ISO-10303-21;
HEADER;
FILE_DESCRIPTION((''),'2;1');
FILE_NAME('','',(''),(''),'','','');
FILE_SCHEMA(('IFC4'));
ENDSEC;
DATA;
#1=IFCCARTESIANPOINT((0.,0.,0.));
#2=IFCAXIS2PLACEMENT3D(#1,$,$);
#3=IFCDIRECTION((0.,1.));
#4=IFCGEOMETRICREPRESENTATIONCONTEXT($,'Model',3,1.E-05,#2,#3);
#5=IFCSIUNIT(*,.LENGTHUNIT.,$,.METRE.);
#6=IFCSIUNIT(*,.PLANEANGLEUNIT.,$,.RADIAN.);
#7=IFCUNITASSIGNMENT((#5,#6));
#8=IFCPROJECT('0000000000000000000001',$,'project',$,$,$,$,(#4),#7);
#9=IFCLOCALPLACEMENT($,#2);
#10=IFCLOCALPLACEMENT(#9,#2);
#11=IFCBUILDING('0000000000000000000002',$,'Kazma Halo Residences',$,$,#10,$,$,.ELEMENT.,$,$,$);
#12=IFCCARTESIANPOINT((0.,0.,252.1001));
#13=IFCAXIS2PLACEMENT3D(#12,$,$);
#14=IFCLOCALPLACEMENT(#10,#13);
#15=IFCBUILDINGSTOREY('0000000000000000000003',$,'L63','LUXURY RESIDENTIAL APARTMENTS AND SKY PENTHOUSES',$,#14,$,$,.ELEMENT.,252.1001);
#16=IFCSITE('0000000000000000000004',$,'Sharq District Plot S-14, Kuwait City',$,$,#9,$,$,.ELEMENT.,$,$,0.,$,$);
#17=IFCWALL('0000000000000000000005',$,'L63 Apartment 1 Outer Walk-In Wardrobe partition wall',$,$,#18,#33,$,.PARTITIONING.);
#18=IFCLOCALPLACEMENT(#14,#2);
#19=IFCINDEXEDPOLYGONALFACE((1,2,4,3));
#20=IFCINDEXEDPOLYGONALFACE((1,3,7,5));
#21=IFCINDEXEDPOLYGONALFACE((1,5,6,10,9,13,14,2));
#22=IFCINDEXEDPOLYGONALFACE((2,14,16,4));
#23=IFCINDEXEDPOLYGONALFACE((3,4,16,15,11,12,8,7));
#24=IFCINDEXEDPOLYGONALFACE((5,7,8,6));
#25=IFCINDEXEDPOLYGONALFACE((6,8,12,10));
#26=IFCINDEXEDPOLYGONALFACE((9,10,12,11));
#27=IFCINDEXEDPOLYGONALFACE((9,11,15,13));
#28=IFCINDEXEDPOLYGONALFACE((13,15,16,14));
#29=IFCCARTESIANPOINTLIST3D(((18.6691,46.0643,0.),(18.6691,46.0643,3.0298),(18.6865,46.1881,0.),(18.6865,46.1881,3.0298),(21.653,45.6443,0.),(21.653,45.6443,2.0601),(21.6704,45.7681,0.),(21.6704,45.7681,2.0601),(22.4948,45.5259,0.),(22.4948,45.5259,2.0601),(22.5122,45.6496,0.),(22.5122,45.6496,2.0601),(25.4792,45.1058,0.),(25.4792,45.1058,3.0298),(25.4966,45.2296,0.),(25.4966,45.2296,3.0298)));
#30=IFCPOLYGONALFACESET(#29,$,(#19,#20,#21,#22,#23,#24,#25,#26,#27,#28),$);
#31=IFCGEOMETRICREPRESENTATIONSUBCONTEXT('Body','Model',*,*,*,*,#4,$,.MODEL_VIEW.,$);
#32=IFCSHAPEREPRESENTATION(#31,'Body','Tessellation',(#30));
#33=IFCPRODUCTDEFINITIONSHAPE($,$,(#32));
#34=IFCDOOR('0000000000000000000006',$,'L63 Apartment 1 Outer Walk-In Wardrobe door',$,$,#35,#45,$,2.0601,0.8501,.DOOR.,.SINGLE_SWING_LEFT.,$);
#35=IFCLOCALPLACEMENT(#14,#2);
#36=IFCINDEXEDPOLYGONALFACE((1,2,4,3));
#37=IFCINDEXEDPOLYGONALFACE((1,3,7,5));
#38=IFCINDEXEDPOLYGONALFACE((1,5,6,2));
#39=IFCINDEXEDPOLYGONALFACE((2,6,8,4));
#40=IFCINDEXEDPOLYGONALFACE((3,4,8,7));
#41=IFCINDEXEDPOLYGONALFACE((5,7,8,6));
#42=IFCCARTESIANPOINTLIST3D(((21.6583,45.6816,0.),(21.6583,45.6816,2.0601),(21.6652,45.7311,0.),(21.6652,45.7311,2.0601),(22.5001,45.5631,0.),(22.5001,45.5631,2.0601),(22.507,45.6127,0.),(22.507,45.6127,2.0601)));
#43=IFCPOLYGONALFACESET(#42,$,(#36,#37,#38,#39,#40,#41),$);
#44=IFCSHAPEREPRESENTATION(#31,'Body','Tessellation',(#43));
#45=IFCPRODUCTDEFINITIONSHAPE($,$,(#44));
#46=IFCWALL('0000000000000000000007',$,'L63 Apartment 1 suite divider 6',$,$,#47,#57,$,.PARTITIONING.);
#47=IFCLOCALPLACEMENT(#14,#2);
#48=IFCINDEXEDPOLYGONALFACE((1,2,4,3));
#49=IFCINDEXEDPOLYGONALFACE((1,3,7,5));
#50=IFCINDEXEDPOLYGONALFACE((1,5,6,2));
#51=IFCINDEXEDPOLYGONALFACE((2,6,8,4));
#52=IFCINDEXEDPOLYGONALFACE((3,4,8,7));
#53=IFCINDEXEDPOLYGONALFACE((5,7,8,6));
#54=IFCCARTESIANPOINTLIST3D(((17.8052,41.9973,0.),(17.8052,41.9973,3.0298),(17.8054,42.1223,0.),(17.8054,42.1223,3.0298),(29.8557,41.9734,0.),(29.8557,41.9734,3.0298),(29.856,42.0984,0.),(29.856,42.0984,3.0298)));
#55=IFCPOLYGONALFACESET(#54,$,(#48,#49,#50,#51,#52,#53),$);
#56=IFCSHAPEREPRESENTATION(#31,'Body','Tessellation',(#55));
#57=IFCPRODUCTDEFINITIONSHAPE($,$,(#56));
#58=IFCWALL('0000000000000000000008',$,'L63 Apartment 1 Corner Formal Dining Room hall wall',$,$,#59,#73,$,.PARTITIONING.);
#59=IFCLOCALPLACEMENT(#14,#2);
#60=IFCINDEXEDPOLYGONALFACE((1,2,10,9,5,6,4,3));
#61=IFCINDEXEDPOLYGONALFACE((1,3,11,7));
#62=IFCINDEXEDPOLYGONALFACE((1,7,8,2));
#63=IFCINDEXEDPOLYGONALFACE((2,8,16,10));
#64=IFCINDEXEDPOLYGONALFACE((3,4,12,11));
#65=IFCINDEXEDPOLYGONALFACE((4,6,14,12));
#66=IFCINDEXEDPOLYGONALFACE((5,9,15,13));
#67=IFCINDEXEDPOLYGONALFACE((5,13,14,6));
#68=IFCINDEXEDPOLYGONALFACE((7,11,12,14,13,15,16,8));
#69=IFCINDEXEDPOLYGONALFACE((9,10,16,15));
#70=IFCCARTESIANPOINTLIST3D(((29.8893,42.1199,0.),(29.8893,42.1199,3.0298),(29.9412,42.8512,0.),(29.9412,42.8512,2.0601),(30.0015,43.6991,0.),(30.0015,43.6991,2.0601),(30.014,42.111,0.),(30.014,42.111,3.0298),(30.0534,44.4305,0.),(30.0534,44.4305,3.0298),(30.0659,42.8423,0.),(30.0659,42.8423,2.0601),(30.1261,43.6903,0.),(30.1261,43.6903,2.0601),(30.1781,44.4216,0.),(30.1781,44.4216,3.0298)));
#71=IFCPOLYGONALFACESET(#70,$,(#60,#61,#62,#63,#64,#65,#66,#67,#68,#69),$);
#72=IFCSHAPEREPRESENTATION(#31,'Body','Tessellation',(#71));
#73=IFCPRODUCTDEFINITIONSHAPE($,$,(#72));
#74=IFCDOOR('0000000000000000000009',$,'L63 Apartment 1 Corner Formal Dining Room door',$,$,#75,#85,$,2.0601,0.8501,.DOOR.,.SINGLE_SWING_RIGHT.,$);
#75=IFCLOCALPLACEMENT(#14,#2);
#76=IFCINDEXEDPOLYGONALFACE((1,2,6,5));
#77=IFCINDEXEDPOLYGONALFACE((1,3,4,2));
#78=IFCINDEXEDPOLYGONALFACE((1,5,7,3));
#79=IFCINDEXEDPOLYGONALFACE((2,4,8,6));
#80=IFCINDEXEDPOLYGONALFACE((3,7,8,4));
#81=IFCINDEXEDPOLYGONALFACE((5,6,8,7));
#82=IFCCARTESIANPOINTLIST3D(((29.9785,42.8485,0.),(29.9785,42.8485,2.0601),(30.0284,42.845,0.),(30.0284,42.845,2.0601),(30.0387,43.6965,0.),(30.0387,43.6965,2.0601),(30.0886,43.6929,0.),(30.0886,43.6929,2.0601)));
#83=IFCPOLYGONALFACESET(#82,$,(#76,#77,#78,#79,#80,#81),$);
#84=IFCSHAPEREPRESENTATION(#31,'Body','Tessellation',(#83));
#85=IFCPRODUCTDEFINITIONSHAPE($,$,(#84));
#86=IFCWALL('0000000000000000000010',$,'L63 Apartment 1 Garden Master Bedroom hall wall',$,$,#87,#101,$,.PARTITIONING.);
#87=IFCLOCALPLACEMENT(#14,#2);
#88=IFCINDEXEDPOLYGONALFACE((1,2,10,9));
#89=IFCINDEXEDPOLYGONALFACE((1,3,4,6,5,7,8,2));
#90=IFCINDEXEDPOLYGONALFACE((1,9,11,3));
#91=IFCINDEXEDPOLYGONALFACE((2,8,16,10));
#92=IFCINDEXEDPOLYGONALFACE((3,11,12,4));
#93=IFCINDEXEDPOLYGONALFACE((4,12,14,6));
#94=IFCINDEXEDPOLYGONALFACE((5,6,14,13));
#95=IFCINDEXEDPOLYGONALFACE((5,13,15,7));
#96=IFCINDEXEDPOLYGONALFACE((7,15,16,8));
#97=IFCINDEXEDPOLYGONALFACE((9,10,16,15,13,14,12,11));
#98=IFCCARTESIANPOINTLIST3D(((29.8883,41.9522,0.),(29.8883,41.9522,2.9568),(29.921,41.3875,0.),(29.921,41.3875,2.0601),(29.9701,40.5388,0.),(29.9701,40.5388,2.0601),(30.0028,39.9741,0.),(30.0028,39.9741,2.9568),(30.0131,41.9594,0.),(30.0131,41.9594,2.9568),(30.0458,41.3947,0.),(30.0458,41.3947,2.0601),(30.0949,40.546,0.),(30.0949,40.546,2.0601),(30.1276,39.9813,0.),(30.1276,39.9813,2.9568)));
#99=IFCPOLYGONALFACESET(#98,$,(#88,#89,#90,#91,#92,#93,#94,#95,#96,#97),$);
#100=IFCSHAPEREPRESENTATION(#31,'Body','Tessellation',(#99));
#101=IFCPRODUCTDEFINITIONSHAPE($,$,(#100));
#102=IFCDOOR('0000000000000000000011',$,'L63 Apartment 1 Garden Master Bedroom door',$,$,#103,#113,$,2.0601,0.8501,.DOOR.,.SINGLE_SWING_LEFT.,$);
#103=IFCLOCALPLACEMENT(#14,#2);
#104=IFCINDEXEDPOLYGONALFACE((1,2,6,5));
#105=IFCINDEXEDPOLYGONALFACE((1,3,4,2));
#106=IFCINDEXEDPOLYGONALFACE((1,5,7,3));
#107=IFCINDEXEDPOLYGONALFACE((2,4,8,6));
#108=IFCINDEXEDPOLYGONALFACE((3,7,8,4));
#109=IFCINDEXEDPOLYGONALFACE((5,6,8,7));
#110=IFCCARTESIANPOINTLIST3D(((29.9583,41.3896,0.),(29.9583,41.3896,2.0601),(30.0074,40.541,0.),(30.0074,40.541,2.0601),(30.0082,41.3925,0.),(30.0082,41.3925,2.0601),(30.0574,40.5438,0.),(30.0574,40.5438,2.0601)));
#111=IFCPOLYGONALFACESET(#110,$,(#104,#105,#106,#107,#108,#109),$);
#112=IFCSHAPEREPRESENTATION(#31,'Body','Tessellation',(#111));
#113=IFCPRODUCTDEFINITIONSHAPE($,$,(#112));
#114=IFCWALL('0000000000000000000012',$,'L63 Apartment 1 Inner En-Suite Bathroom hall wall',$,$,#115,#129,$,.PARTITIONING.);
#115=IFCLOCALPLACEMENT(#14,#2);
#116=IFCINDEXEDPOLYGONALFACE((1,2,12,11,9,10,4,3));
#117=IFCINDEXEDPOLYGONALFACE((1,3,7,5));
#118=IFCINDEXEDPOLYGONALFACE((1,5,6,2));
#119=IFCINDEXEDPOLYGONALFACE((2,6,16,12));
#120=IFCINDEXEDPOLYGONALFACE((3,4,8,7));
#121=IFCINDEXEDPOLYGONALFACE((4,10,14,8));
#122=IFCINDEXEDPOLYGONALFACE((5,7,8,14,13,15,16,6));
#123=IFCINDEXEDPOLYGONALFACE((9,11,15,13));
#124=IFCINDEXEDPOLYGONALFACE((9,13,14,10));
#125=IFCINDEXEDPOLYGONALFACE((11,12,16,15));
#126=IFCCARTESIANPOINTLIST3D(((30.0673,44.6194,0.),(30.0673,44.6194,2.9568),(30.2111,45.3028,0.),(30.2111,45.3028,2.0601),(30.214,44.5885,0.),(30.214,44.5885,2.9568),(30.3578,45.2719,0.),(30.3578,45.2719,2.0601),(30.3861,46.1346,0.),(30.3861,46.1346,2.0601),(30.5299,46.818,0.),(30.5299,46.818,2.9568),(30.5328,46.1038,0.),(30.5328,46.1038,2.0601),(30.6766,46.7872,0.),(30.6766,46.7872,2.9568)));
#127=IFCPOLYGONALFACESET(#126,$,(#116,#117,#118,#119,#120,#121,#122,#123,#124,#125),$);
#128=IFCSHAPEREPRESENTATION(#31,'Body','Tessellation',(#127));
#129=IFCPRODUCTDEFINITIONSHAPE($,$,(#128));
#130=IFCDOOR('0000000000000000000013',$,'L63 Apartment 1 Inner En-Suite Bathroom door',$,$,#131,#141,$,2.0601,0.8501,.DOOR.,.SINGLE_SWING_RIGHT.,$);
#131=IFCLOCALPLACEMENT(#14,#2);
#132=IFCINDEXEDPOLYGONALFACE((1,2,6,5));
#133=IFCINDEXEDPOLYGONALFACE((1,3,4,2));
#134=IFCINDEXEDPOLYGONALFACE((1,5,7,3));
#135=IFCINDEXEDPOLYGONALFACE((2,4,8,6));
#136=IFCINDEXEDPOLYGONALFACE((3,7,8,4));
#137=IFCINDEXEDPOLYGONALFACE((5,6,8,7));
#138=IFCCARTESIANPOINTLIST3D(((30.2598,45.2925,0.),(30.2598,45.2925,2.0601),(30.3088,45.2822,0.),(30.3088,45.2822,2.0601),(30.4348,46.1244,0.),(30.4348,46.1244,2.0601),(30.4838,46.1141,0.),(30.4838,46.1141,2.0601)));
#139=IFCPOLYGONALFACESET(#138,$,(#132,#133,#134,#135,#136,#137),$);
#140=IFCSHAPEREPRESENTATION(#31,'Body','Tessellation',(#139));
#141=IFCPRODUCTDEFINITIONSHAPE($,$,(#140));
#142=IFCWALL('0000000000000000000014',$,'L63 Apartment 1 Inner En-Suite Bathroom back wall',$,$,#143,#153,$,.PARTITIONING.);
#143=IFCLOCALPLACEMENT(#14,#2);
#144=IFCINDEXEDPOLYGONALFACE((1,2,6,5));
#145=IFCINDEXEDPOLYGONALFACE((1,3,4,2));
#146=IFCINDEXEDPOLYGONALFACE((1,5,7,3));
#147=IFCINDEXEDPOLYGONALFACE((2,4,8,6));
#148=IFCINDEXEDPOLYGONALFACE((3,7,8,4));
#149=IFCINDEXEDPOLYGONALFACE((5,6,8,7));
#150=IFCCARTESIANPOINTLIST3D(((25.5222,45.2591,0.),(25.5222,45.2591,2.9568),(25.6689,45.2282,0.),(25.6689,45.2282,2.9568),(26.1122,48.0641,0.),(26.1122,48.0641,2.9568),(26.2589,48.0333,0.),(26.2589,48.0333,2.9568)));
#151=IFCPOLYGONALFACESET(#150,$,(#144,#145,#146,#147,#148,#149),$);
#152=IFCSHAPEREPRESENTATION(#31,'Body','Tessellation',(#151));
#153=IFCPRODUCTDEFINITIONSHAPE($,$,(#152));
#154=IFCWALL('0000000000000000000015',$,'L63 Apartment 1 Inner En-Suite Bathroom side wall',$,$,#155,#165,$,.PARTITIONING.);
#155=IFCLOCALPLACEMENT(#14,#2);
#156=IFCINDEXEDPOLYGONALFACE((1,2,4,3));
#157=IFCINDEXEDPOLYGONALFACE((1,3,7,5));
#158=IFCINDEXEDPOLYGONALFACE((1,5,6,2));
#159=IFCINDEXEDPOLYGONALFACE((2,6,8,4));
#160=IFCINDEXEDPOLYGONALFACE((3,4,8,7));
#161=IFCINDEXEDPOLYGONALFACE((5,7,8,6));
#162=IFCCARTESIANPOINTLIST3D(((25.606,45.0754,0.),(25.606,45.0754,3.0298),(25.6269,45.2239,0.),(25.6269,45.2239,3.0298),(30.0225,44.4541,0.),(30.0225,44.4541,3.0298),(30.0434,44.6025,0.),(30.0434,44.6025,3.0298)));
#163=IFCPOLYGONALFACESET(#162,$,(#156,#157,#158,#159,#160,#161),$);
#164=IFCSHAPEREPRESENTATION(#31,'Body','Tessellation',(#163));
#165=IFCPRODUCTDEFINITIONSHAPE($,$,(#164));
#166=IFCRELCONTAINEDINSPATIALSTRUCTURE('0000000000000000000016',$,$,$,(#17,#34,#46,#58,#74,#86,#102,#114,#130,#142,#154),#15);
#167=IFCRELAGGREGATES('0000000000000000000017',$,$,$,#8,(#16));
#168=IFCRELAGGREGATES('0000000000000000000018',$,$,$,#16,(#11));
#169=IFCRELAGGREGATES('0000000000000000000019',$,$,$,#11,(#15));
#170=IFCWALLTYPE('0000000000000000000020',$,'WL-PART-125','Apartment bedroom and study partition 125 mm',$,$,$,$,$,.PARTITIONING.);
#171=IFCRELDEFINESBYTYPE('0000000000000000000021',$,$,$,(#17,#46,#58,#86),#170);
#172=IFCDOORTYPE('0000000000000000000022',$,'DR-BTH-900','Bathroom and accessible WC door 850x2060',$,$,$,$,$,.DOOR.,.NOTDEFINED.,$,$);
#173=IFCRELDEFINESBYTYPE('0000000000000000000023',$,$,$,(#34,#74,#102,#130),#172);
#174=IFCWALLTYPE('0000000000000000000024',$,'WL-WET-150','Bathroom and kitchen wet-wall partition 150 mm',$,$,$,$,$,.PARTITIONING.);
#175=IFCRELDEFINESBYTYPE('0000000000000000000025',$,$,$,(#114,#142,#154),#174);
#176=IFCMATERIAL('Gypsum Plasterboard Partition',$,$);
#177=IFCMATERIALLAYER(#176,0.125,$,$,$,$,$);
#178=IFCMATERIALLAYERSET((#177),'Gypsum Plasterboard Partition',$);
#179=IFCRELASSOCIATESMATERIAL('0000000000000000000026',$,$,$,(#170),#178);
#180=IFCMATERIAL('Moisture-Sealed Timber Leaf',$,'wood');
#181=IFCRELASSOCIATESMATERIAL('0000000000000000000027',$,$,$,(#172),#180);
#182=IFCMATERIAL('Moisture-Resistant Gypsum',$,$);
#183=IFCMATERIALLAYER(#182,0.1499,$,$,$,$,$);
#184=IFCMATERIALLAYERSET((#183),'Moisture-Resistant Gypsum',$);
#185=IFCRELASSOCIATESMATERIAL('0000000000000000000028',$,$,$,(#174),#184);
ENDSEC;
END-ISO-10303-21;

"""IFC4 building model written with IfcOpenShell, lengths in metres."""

from ifc_helpers import new_model, si_unit, direction, frame, frame_2d, origin, place, context, subcontext, project, spatial, rectangle, extrude, material, layer, layer_set, type_object, element, fill, save


model = new_model("IFC4")

# Units and contexts
model_context = context("Model", 3, precision=1e-05, world=origin(), true_north=direction((0.0, 1.0)))
body_context = subcontext(model_context, "Body", "Model", "MODEL_VIEW")
ifc_project = project(units=[si_unit("LENGTHUNIT", "METRE"), si_unit("PLANEANGLEUNIT", "RADIAN")], contexts=[model_context])

# Site, building, storey
site_placement = place(None, origin())
site = spatial("IfcSite", under=ifc_project, at=site_placement, Name="Sharq District Plot S-14, Kuwait City", CompositionType="ELEMENT", RefElevation=0.0)
building_placement = place(site_placement, origin())
building = spatial("IfcBuilding", under=site, at=building_placement, Name="Kazma Halo Residences", CompositionType="ELEMENT")
storey_placement = place(building_placement, frame((0.0, 0.0, 252.1001)))
storey = spatial("IfcBuildingStorey", under=building, at=storey_placement, Name="L63", Description="LUXURY RESIDENTIAL APARTMENTS AND SKY PENTHOUSES", CompositionType="ELEMENT", Elevation=252.1001)

# Shared definitions
ifc_material_1 = material(Name="Gypsum Plasterboard Partition")
ifc_layer_1 = layer(ifc_material_1, 0.125)
ifc_layer_set_1 = layer_set([ifc_layer_1], Name="Gypsum Plasterboard Partition")
wall_type_1 = type_object("IfcWallType", Name="WL-PART-125", Description="Apartment bedroom and study partition 125 mm", PredefinedType="PARTITIONING", material=ifc_layer_set_1)

# Wall, opening, door
wall_1_placement = place(storey_placement, frame((25.4878, 45.1677, 0.0), z_axis=(0.0, 0.0, 1.0), x_axis=(-0.99024, 0.139373, 0.0)))
wall_1 = element("IfcWall", 1, at=wall_1_placement, inside=storey, type_object=wall_type_1, Name="L63 Apartment 1 Outer Walk-In Wardrobe partition wall", PredefinedType="PARTITIONING", context=body_context, shape_type="SweptSolid", body=[
    extrude(rectangle(XDim=6.8772, YDim=0.125, at=frame_2d((3.4385, 0.0))), origin(), (0.0, 0.0, 1.0), 3.0298),
])
opening_1_placement = place(wall_1_placement, frame((3.0137, 0.0, 0.0)))
opening_1 = element("IfcOpeningElement", 2, at=opening_1_placement, cuts=wall_1, PredefinedType="OPENING", context=body_context, shape_type="SweptSolid", body=[
    extrude(rectangle(XDim=0.8501, YDim=2.0601, at=frame_2d((0.425, 1.03))), frame((0.0, 0.0725, 0.0), z_axis=(0.0, -1.0, 0.0), x_axis=(1.0, 0.0, 0.0)), (0.0, 0.0, 1.0), 0.145),
])
ifc_material_2 = material(Name="Moisture-Sealed Timber Leaf", Category="wood")
door_type = type_object("IfcDoorType", Name="DR-BTH-900", Description="Bathroom and accessible WC door 850x2060", OperationType="NOTDEFINED", PredefinedType="DOOR", material=ifc_material_2)
door_1_placement = place(opening_1_placement, origin())
door_1 = element("IfcDoor", 3, at=door_1_placement, inside=storey, type_object=door_type, Name="L63 Apartment 1 Outer Walk-In Wardrobe door", OperationType="SINGLE_SWING_LEFT", OverallHeight=2.0601, OverallWidth=0.8501, PredefinedType="DOOR", context=body_context, shape_type="SweptSolid", body=[
    extrude(rectangle(XDim=0.8501, YDim=2.0601, at=frame_2d((0.425, 1.03))), frame((0.0, 0.0249, 0.0), z_axis=(0.0, -1.0, 0.0), x_axis=(1.0, 0.0, 0.0)), (0.0, 0.0, 1.0), 0.05),
])
fill(opening_1, door_1)

# Wall
wall_2_placement = place(storey_placement, frame((29.856, 42.0359, 0.0), z_axis=(0.0, 0.0, 1.0), x_axis=(-0.999998, 0.001985, 0.0)))
element("IfcWall", 4, at=wall_2_placement, inside=storey, type_object=wall_type_1, Name="L63 Apartment 1 suite divider 6", PredefinedType="PARTITIONING", context=body_context, shape_type="SweptSolid", body=[
    extrude(rectangle(XDim=12.0505, YDim=0.125, at=frame_2d((6.0254, 0.0))), origin(), (0.0, 0.0, 1.0), 3.0298),
])

# Walls, openings, doors
wall_3_placement = place(storey_placement, frame((30.1157, 44.426, 0.0), z_axis=(0.0, 0.0, 1.0), x_axis=(-0.070828, -0.997489, 0.0)))
wall_3 = element("IfcWall", 5, at=wall_3_placement, inside=storey, type_object=wall_type_1, Name="L63 Apartment 1 Corner Formal Dining Room hall wall", PredefinedType="PARTITIONING", context=body_context, shape_type="SweptSolid", body=[
    extrude(rectangle(XDim=2.3164, YDim=0.125, at=frame_2d((1.1582, 0.0))), origin(), (0.0, 0.0, 1.0), 3.0298),
])
opening_2_placement = place(wall_3_placement, frame((0.7332, 0.0, 0.0)))
opening_2 = element("IfcOpeningElement", 6, at=opening_2_placement, cuts=wall_3, PredefinedType="OPENING", context=body_context, shape_type="SweptSolid", body=[
    extrude(rectangle(XDim=0.8501, YDim=2.0601, at=frame_2d((0.425, 1.03))), frame((0.0, 0.0725, 0.0), z_axis=(0.0, -1.0, 0.0), x_axis=(1.0, 0.0, 0.0)), (0.0, 0.0, 1.0), 0.145),
])
door_2_placement = place(opening_2_placement, origin())
door_2 = element("IfcDoor", 7, at=door_2_placement, inside=storey, type_object=door_type, Name="L63 Apartment 1 Corner Formal Dining Room door", OperationType="SINGLE_SWING_RIGHT", OverallHeight=2.0601, OverallWidth=0.8501, PredefinedType="DOOR", context=body_context, shape_type="SweptSolid", body=[
    extrude(rectangle(XDim=0.8501, YDim=2.0601, at=frame_2d((0.425, 1.03))), frame((0.0, 0.0249, 0.0), z_axis=(0.0, -1.0, 0.0), x_axis=(1.0, 0.0, 0.0)), (0.0, 0.0, 1.0), 0.05),
])
fill(opening_2, door_2)
wall_4_placement = place(storey_placement, frame((29.9507, 41.9558, 0.0), z_axis=(0.0, 0.0, 1.0), x_axis=(0.05779, -0.998329, 0.0)))
wall_4 = element("IfcWall", 8, at=wall_4_placement, inside=storey, type_object=wall_type_1, Name="L63 Apartment 1 Garden Master Bedroom hall wall", PredefinedType="PARTITIONING", context=body_context, shape_type="SweptSolid", body=[
    extrude(rectangle(XDim=1.9814, YDim=0.125, at=frame_2d((0.9907, 0.0))), origin(), (0.0, 0.0, 1.0), 2.9568),
])
opening_3_placement = place(wall_4_placement, frame((0.5657, 0.0, 0.0)))
opening_3 = element("IfcOpeningElement", 9, at=opening_3_placement, cuts=wall_4, PredefinedType="OPENING", context=body_context, shape_type="SweptSolid", body=[
    extrude(rectangle(XDim=0.8501, YDim=2.0601, at=frame_2d((0.425, 1.03))), frame((0.0, 0.0725, 0.0), z_axis=(0.0, -1.0, 0.0), x_axis=(1.0, 0.0, 0.0)), (0.0, 0.0, 1.0), 0.145),
])
door_3_placement = place(opening_3_placement, origin())
door_3 = element("IfcDoor", 10, at=door_3_placement, inside=storey, type_object=door_type, Name="L63 Apartment 1 Garden Master Bedroom door", OperationType="SINGLE_SWING_LEFT", OverallHeight=2.0601, OverallWidth=0.8501, PredefinedType="DOOR", context=body_context, shape_type="SweptSolid", body=[
    extrude(rectangle(XDim=0.8501, YDim=2.0601, at=frame_2d((0.425, 1.03))), frame((0.0, 0.0249, 0.0), z_axis=(0.0, -1.0, 0.0), x_axis=(1.0, 0.0, 0.0)), (0.0, 0.0, 1.0), 0.05),
])
fill(opening_3, door_3)
ifc_material_3 = material(Name="Moisture-Resistant Gypsum")
ifc_layer_2 = layer(ifc_material_3, 0.1499)
ifc_layer_set_2 = layer_set([ifc_layer_2], Name="Moisture-Resistant Gypsum")
wall_type_2 = type_object("IfcWallType", Name="WL-WET-150", Description="Bathroom and kitchen wet-wall partition 150 mm", PredefinedType="PARTITIONING", material=ifc_layer_set_2)
wall_5_placement = place(storey_placement, frame((30.6033, 46.8027, 0.0), z_axis=(0.0, 0.0, 1.0), x_axis=(-0.205906, -0.978572, 0.0)))
wall_5 = element("IfcWall", 11, at=wall_5_placement, inside=storey, type_object=wall_type_2, Name="L63 Apartment 1 Inner En-Suite Bathroom hall wall", PredefinedType="PARTITIONING", context=body_context, shape_type="SweptSolid", body=[
    extrude(rectangle(XDim=2.2468, YDim=0.1499, at=frame_2d((1.1235, 0.0))), origin(), (0.0, 0.0, 1.0), 2.9568),
])
opening_4_placement = place(wall_5_placement, frame((0.6985, 0.0, 0.0)))
opening_4 = element("IfcOpeningElement", 12, at=opening_4_placement, cuts=wall_5, PredefinedType="OPENING", context=body_context, shape_type="SweptSolid", body=[
    extrude(rectangle(XDim=0.8501, YDim=2.0601, at=frame_2d((0.425, 1.03))), frame((0.0, 0.085, 0.0), z_axis=(0.0, -1.0, 0.0), x_axis=(1.0, 0.0, 0.0)), (0.0, 0.0, 1.0), 0.1699),
])
door_4_placement = place(opening_4_placement, origin())
door_4 = element("IfcDoor", 13, at=door_4_placement, inside=storey, type_object=door_type, Name="L63 Apartment 1 Inner En-Suite Bathroom door", OperationType="SINGLE_SWING_RIGHT", OverallHeight=2.0601, OverallWidth=0.8501, PredefinedType="DOOR", context=body_context, shape_type="SweptSolid", body=[
    extrude(rectangle(XDim=0.8501, YDim=2.0601, at=frame_2d((0.425, 1.03))), frame((0.0, 0.0249, 0.0), z_axis=(0.0, -1.0, 0.0), x_axis=(1.0, 0.0, 0.0)), (0.0, 0.0, 1.0), 0.05),
])
fill(opening_4, door_4)

# Walls
wall_6_placement = place(storey_placement, frame((26.1855, 48.0486, 0.0), z_axis=(0.0, 0.0, 1.0), x_axis=(-0.205852, -0.978583, 0.0)))
element("IfcWall", 14, at=wall_6_placement, inside=storey, type_object=wall_type_2, Name="L63 Apartment 1 Inner En-Suite Bathroom back wall", PredefinedType="PARTITIONING", context=body_context, shape_type="SweptSolid", body=[
    extrude(rectangle(XDim=2.8665, YDim=0.1499, at=frame_2d((1.4331, 0.0))), origin(), (0.0, 0.0, 1.0), 2.9568),
])
wall_7_placement = place(storey_placement, frame((30.033, 44.5283, 0.0), z_axis=(0.0, 0.0, 1.0), x_axis=(-0.990248, 0.139314, 0.0)))
element("IfcWall", 15, at=wall_7_placement, inside=storey, type_object=wall_type_2, Name="L63 Apartment 1 Inner En-Suite Bathroom side wall", PredefinedType="PARTITIONING", context=body_context, shape_type="SweptSolid", body=[
    extrude(rectangle(XDim=4.46, YDim=0.1499, at=frame_2d((2.23, 0.0))), origin(), (0.0, 0.0, 1.0), 3.0298),
])

save(model, "model.ifc")
